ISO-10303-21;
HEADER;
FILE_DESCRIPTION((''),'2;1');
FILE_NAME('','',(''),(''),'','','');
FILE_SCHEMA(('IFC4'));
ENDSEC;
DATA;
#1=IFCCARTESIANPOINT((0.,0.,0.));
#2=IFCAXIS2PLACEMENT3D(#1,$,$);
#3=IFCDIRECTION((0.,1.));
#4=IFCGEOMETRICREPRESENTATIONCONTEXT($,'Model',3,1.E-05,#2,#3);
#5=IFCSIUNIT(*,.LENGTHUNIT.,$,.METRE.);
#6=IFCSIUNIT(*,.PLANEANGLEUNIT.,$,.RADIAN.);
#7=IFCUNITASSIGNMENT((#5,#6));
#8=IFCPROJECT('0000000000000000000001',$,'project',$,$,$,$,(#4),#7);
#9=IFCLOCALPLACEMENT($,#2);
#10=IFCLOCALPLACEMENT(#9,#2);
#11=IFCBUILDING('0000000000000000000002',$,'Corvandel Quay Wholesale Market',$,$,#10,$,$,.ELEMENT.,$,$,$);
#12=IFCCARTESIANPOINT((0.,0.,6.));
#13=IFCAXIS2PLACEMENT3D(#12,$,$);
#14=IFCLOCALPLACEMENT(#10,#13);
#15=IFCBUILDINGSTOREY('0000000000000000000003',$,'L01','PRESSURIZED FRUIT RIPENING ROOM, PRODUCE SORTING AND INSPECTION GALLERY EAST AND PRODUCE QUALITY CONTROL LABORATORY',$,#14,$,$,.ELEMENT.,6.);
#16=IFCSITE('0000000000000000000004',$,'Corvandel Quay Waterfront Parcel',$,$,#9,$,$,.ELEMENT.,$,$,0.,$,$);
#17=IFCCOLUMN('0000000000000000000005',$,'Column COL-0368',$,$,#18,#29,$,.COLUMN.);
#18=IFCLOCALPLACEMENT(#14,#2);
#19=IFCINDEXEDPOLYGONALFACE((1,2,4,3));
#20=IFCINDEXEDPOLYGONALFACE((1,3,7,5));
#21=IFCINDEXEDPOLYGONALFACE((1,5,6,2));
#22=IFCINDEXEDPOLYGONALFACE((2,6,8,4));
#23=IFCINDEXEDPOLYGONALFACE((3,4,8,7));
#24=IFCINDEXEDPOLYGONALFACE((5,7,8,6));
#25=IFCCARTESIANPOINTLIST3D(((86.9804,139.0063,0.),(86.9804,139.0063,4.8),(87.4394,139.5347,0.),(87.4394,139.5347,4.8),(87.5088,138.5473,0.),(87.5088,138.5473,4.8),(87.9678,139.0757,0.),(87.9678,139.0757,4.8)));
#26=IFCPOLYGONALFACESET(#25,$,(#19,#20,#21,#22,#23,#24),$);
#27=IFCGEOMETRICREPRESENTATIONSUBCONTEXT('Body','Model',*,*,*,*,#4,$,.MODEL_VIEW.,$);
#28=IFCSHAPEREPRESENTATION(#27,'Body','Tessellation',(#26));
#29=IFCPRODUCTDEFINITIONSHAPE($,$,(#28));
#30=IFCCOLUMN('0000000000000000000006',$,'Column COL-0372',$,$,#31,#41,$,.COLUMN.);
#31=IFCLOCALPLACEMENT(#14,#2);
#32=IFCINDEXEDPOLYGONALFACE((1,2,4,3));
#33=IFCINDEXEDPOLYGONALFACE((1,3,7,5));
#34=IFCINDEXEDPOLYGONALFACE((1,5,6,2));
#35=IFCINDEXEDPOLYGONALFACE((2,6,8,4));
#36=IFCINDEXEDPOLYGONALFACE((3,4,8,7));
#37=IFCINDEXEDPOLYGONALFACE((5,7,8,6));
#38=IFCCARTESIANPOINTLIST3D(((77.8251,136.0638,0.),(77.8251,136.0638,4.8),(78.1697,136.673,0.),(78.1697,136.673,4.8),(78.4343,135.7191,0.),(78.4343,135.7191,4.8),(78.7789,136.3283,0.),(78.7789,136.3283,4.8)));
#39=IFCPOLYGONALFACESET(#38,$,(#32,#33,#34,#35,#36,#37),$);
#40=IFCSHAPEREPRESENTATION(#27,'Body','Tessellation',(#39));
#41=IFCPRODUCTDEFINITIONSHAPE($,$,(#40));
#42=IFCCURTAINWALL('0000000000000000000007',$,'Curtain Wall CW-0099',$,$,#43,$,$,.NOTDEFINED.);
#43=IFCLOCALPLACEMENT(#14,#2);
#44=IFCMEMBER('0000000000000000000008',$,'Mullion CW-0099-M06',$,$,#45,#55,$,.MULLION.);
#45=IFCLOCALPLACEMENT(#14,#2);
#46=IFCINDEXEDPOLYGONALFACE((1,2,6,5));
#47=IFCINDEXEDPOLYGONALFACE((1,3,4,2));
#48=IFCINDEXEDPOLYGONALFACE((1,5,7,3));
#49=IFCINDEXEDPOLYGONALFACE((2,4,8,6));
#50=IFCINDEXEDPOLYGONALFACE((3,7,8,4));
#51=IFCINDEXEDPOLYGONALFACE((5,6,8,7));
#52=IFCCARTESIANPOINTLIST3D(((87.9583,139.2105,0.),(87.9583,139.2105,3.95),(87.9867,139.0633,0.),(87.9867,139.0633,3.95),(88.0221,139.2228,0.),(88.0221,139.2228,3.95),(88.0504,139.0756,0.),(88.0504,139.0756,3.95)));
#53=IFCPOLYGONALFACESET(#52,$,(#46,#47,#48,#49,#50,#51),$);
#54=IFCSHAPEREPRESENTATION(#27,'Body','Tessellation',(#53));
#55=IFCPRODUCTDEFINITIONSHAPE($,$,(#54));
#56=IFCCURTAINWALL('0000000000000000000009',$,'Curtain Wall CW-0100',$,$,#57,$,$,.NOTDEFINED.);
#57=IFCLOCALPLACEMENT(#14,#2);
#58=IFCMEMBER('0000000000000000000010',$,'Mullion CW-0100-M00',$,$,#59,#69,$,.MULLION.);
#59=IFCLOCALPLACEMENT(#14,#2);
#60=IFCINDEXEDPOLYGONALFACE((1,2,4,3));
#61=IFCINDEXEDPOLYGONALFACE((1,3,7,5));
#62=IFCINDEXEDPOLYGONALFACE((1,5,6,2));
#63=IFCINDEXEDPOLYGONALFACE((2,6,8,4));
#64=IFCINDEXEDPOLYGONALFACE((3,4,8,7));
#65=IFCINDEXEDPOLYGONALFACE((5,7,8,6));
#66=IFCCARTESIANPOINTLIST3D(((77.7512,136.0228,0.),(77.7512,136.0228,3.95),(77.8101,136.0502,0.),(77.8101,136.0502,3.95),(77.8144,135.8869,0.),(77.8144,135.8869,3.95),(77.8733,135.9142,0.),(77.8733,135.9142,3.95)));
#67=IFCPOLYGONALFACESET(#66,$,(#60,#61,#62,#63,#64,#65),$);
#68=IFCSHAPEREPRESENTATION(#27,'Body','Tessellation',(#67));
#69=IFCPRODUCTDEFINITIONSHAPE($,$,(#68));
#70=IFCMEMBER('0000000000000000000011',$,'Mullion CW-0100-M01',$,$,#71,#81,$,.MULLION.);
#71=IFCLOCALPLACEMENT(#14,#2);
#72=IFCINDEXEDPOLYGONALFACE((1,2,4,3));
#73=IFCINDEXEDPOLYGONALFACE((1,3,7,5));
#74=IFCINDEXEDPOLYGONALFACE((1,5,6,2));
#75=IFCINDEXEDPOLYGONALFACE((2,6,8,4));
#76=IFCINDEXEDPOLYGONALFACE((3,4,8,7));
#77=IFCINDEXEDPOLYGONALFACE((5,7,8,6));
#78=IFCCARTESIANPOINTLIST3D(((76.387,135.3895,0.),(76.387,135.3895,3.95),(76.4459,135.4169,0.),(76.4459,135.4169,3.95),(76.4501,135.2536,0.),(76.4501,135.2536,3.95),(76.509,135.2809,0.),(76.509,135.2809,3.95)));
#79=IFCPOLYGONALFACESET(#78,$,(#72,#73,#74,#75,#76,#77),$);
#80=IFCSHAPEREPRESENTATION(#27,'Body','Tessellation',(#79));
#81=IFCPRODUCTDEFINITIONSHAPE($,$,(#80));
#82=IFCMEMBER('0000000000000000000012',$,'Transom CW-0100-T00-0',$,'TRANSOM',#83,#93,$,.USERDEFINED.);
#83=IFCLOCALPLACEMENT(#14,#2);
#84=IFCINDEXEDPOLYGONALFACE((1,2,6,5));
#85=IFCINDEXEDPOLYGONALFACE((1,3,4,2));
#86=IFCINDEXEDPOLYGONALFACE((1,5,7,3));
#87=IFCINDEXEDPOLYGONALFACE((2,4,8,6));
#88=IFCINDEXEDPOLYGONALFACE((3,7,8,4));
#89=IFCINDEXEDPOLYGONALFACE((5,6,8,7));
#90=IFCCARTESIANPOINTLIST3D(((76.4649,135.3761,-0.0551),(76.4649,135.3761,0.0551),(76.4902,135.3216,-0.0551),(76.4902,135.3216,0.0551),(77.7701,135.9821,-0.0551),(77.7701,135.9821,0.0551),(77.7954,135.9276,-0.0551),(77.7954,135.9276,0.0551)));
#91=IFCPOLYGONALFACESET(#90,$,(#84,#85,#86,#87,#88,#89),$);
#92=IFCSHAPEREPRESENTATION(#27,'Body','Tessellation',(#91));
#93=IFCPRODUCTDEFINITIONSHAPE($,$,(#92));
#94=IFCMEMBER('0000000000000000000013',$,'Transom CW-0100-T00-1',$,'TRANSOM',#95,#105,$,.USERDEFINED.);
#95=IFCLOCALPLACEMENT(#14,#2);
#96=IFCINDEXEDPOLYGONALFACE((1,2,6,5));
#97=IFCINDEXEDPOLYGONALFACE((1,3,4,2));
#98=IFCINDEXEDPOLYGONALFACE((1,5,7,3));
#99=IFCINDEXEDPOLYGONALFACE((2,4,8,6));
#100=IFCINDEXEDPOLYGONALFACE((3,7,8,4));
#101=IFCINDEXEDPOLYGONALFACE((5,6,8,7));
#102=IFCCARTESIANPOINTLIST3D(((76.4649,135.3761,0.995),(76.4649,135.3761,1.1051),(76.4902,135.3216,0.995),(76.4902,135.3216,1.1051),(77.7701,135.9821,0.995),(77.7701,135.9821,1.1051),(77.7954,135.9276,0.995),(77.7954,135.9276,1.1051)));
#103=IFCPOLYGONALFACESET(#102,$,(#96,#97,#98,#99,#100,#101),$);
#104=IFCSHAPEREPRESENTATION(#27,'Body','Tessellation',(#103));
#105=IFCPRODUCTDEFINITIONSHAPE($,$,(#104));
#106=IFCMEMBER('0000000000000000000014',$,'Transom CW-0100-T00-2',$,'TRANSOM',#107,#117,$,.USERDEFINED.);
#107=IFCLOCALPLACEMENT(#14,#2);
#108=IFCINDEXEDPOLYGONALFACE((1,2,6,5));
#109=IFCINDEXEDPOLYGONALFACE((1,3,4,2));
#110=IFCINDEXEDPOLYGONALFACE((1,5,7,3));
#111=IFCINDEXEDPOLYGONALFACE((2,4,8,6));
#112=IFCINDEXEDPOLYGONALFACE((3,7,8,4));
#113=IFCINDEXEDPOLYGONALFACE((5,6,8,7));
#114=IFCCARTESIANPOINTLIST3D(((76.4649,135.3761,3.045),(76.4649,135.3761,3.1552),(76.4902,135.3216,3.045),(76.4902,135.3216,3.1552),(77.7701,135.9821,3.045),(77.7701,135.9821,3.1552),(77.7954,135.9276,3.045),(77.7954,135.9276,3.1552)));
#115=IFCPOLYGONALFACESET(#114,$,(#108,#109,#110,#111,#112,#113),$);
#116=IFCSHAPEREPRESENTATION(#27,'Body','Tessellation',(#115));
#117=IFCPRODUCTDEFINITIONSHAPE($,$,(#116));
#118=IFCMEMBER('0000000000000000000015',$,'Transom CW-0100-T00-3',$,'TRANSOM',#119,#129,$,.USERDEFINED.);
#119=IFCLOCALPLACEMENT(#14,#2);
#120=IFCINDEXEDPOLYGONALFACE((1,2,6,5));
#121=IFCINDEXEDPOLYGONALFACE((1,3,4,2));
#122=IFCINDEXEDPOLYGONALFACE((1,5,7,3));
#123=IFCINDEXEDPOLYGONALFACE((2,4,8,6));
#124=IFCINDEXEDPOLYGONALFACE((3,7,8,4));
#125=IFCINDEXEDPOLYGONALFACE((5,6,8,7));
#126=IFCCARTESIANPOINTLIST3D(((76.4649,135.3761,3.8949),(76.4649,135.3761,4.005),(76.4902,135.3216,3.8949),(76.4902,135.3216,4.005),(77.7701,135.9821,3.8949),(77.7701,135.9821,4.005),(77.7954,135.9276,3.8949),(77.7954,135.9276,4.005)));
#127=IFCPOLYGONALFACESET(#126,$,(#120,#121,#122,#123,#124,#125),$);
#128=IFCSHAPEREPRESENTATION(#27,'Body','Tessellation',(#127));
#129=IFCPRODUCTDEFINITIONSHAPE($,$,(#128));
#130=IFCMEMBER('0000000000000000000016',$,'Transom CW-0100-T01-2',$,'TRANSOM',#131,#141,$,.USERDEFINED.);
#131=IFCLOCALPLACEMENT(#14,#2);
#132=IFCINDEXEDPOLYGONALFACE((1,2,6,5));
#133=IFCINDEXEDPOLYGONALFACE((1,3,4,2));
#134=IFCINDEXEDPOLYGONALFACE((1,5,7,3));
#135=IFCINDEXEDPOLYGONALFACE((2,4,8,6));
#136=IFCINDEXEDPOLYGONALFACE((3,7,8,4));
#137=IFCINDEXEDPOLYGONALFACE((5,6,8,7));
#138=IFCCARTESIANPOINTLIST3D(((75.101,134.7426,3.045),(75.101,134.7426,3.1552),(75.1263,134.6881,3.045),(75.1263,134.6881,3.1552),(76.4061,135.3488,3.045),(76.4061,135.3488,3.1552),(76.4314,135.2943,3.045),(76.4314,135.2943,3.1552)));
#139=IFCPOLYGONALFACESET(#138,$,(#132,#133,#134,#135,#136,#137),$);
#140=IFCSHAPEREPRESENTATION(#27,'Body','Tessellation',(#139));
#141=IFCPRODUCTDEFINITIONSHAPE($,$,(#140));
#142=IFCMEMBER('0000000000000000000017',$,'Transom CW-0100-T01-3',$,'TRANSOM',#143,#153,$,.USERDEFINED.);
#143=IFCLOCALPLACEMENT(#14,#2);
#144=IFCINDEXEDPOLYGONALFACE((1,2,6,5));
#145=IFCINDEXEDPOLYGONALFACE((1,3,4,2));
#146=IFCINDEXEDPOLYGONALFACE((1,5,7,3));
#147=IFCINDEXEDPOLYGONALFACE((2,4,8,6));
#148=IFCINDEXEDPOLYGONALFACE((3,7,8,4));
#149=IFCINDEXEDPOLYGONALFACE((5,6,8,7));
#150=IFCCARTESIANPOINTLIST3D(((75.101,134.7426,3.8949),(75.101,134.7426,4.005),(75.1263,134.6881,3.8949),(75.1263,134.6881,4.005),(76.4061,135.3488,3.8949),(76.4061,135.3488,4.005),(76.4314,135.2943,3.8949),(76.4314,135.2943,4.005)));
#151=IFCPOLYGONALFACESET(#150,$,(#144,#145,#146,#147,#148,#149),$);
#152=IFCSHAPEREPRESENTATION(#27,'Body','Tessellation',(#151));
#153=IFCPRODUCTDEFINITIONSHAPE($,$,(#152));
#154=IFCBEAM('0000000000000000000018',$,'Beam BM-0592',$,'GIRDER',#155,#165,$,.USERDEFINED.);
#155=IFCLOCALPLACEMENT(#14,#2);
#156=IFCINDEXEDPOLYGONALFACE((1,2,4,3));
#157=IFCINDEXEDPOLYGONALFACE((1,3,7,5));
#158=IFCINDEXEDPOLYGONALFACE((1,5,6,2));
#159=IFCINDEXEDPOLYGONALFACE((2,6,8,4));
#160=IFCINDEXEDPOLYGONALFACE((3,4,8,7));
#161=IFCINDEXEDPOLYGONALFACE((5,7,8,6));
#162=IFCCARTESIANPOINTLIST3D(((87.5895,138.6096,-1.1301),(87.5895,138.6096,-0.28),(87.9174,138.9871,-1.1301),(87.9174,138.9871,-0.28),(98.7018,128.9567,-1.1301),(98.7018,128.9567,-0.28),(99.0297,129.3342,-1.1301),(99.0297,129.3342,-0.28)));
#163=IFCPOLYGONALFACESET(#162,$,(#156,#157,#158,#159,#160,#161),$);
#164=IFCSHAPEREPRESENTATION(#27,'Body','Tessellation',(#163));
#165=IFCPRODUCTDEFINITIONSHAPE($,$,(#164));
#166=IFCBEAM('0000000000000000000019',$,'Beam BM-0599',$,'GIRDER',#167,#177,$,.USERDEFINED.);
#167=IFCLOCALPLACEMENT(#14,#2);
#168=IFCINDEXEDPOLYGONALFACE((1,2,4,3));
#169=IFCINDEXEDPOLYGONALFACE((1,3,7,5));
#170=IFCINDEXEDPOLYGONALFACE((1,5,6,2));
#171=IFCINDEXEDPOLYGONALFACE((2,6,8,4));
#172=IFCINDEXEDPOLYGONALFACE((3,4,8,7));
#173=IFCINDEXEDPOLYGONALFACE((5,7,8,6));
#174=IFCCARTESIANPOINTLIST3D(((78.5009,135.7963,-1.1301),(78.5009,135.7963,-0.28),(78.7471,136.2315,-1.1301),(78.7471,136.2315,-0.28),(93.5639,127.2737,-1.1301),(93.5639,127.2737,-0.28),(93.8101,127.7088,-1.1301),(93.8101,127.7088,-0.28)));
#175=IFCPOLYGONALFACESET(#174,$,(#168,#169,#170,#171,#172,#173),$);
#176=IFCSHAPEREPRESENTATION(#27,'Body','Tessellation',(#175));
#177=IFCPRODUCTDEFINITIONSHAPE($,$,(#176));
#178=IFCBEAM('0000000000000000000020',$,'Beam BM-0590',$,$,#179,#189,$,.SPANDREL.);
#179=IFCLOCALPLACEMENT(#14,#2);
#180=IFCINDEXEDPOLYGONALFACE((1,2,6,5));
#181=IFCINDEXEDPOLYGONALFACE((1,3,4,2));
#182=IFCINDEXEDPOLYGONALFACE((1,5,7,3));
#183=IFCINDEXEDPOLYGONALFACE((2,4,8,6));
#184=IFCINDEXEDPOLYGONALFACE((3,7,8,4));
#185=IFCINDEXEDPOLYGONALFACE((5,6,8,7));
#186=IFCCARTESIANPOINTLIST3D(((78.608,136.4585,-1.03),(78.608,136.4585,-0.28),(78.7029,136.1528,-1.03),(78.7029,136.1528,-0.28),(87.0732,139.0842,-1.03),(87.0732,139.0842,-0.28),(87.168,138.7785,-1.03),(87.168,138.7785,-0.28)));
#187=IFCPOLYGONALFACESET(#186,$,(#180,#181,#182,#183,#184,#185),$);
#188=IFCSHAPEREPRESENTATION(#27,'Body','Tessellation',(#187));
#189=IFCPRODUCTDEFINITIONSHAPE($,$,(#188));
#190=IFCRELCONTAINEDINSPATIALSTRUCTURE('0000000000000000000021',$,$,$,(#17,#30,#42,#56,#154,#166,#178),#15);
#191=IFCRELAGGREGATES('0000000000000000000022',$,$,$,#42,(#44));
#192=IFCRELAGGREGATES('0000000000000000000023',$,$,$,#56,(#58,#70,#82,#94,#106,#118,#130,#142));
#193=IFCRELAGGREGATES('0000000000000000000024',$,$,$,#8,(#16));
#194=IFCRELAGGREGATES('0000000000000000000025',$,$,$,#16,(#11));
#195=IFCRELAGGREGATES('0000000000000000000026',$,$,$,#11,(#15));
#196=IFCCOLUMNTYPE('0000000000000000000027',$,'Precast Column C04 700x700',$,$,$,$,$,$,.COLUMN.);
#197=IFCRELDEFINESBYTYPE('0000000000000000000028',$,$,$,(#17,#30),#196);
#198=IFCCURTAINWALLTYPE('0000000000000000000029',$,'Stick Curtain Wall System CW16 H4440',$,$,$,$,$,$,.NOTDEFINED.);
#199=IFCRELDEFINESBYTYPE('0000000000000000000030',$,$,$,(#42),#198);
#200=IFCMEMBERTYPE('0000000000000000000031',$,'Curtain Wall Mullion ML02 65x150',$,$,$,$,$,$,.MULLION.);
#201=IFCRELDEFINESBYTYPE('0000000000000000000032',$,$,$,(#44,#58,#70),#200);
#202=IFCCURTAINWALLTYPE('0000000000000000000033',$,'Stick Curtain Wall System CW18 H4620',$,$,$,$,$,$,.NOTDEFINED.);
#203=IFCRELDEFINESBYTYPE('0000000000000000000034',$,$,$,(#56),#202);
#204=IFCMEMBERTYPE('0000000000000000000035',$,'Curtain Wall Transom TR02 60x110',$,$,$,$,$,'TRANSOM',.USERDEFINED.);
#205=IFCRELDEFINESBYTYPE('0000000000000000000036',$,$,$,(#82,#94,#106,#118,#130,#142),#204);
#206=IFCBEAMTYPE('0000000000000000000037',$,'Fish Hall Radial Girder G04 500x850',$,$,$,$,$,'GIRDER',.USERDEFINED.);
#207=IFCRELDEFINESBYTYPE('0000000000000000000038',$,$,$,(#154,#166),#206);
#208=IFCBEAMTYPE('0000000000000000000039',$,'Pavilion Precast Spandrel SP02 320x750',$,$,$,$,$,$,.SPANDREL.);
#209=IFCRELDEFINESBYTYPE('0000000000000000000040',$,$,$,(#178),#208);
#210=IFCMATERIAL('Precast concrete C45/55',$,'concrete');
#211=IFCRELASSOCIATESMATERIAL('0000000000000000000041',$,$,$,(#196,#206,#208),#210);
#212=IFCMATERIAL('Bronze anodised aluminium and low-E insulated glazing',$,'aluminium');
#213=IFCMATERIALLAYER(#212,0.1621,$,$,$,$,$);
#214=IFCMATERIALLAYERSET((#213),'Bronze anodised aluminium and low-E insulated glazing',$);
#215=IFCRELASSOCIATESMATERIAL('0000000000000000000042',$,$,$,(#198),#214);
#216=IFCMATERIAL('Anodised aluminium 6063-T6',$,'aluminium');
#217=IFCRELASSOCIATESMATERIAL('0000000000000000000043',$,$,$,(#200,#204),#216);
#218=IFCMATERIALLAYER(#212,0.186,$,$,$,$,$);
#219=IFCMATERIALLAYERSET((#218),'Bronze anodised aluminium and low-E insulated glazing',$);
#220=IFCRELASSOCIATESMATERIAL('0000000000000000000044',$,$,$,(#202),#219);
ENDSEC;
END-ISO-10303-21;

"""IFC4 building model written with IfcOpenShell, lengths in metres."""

from ifc_helpers import new_model, si_unit, direction, frame, origin, origin_2d, place, context, subcontext, project, spatial, rectangle, extrude, material, layer, layer_set, material_profile, profile_set, type_object, element, aggregate, save


model = new_model("IFC4")

# Units and contexts
model_context = context("Model", 3, precision=1e-05, world=origin(), true_north=direction((0.0, 1.0)))
body_context = subcontext(model_context, "Body", "Model", "MODEL_VIEW")
ifc_project = project(units=[si_unit("LENGTHUNIT", "METRE"), si_unit("PLANEANGLEUNIT", "RADIAN")], contexts=[model_context])

# Site, building, storey
site_placement = place(None, origin())
site = spatial("IfcSite", under=ifc_project, at=site_placement, Name="Corvandel Quay Waterfront Parcel", CompositionType="ELEMENT", RefElevation=0.0)
building_placement = place(site_placement, origin())
building = spatial("IfcBuilding", under=site, at=building_placement, Name="Corvandel Quay Wholesale Market", CompositionType="ELEMENT")
storey_placement = place(building_placement, frame((0.0, 0.0, 6.0)))
storey = spatial("IfcBuildingStorey", under=building, at=storey_placement, Name="L01", Description="PRESSURIZED FRUIT RIPENING ROOM, PRODUCE SORTING AND INSPECTION GALLERY EAST AND PRODUCE QUALITY CONTROL LABORATORY", CompositionType="ELEMENT", Elevation=6.0)

# Columns
ifc_material_1 = material(Name="Precast concrete C45/55", Category="concrete")
ifc_material_profile_1 = material_profile(ifc_material_1, rectangle(XDim=0.7, YDim=0.7, at=origin_2d()), Name="PC-COL-700x700")
ifc_profile_set_1 = profile_set([ifc_material_profile_1], Name="Precast concrete C45/55")
column_type = type_object("IfcColumnType", Name="Precast Column C04 700x700", PredefinedType="COLUMN", material=ifc_profile_set_1)
for number, where, z_axis, x_axis, name in (
    (1, (87.4741, 139.041, 0.0), (0.0, 0.0, 1.0), (0.655796, 0.754939, 0.0), "Column COL-0368"),
    (2, (78.302, 136.196, 0.0), (0.0, 0.0, 1.0), (0.492424, 0.870356, 0.0), "Column COL-0372"),
):
    element("IfcColumn", number, at=place(storey_placement, frame(where, z_axis=z_axis, x_axis=x_axis)), inside=storey, type_object=column_type, Name=name, PredefinedType="COLUMN", context=body_context, shape_type="SweptSolid", body=[
        extrude(rectangle(XDim=0.7, YDim=0.7, at=origin_2d()), origin(), (0.0, 0.0, 1.0), 4.8),
    ])

# Curtain wall, member
ifc_material_2 = material(Name="Bronze anodised aluminium and low-E insulated glazing", Category="aluminium")
ifc_layer_1 = layer(ifc_material_2, 0.1621)
ifc_layer_set_1 = layer_set([ifc_layer_1], Name="Bronze anodised aluminium and low-E insulated glazing")
curtain_wall_type_1 = type_object("IfcCurtainWallType", Name="Stick Curtain Wall System CW16 H4440", PredefinedType="NOTDEFINED", material=ifc_layer_set_1)
curtain_wall_1_placement = place(storey_placement, origin())
curtain_wall_1 = element("IfcCurtainWall", 3, at=curtain_wall_1_placement, inside=storey, type_object=curtain_wall_type_1, Name="Curtain Wall CW-0099", PredefinedType="NOTDEFINED")
ifc_material_3 = material(Name="Anodised aluminium 6063-T6", Category="aluminium")
ifc_material_profile_2 = material_profile(ifc_material_3, rectangle(XDim=0.0649, YDim=0.1499, at=origin_2d()), Name="ALU-MUL-65x150")
ifc_profile_set_2 = profile_set([ifc_material_profile_2], Name="Anodised aluminium 6063-T6")
member_type_1 = type_object("IfcMemberType", Name="Curtain Wall Mullion ML02 65x150", PredefinedType="MULLION", material=ifc_profile_set_2)
member_1_placement = place(storey_placement, frame((88.0044, 139.1431, 0.0), z_axis=(0.0, 0.0, 1.0), x_axis=(0.981992, 0.188924, 0.0)))
member_1 = element("IfcMember", 4, at=member_1_placement, type_object=member_type_1, Name="Mullion CW-0099-M06", PredefinedType="MULLION", context=body_context, shape_type="SweptSolid", body=[
    extrude(rectangle(XDim=0.0649, YDim=0.1499, at=origin_2d()), origin(), (0.0, 0.0, 1.0), 3.95),
])

# Curtain wall, members
ifc_layer_2 = layer(ifc_material_2, 0.186)
ifc_layer_set_2 = layer_set([ifc_layer_2], Name="Bronze anodised aluminium and low-E insulated glazing")
curtain_wall_type_2 = type_object("IfcCurtainWallType", Name="Stick Curtain Wall System CW18 H4620", PredefinedType="NOTDEFINED", material=ifc_layer_set_2)
curtain_wall_2_placement = place(storey_placement, origin())
curtain_wall_2 = element("IfcCurtainWall", 5, at=curtain_wall_2_placement, inside=storey, type_object=curtain_wall_type_2, Name="Curtain Wall CW-0100", PredefinedType="NOTDEFINED")
member_2_placement = place(storey_placement, frame((77.8123, 135.9685, 0.0), z_axis=(0.0, 0.0, 1.0), x_axis=(0.906971, 0.421194, 0.0)))
member_2 = element("IfcMember", 6, at=member_2_placement, type_object=member_type_1, Name="Mullion CW-0100-M00", PredefinedType="MULLION", context=body_context, shape_type="SweptSolid", body=[
    extrude(rectangle(XDim=0.0649, YDim=0.1499, at=origin_2d()), origin(), (0.0, 0.0, 1.0), 3.95),
])
member_3_placement = place(storey_placement, frame((76.448, 135.3352, 0.0), z_axis=(0.0, 0.0, 1.0), x_axis=(0.906971, 0.421194, 0.0)))
member_3 = element("IfcMember", 7, at=member_3_placement, type_object=member_type_1, Name="Mullion CW-0100-M01", PredefinedType="MULLION", context=body_context, shape_type="SweptSolid", body=[
    extrude(rectangle(XDim=0.0649, YDim=0.1499, at=origin_2d()), origin(), (0.0, 0.0, 1.0), 3.95),
])
ifc_material_profile_3 = material_profile(ifc_material_3, rectangle(XDim=0.0601, YDim=0.1101, at=origin_2d()), Name="ALU-TRN-60x110")
ifc_profile_set_3 = profile_set([ifc_material_profile_3], Name="Anodised aluminium 6063-T6")
member_type_2 = type_object("IfcMemberType", Name="Curtain Wall Transom TR02 60x110", ElementType="TRANSOM", PredefinedType="USERDEFINED", material=ifc_profile_set_3)
member_4_placement = place(storey_placement, frame((77.7827, 135.9548, 0.0), z_axis=(-0.907014, -0.421101, 0.0), x_axis=(0.421101, -0.907014, 0.0)))
member_4 = element("IfcMember", 8, at=member_4_placement, type_object=member_type_2, Name="Transom CW-0100-T00-0", ObjectType="TRANSOM", PredefinedType="USERDEFINED", context=body_context, shape_type="SweptSolid", body=[
    extrude(rectangle(XDim=0.0601, YDim=0.1101, at=origin_2d()), origin(), (0.0, 0.0, 1.0), 1.439),
])
member_5_placement = place(storey_placement, frame((77.7827, 135.9548, 1.05), z_axis=(-0.907014, -0.421101, 0.0), x_axis=(0.421101, -0.907014, 0.0)))
member_5 = element("IfcMember", 9, at=member_5_placement, type_object=member_type_2, Name="Transom CW-0100-T00-1", ObjectType="TRANSOM", PredefinedType="USERDEFINED", context=body_context, shape_type="SweptSolid", body=[
    extrude(rectangle(XDim=0.0601, YDim=0.1101, at=origin_2d()), origin(), (0.0, 0.0, 1.0), 1.439),
])
member_6_placement = place(storey_placement, frame((77.7827, 135.9548, 3.1001), z_axis=(-0.907014, -0.421101, 0.0), x_axis=(0.421101, -0.907014, 0.0)))
member_6 = element("IfcMember", 10, at=member_6_placement, type_object=member_type_2, Name="Transom CW-0100-T00-2", ObjectType="TRANSOM", PredefinedType="USERDEFINED", context=body_context, shape_type="SweptSolid", body=[
    extrude(rectangle(XDim=0.0601, YDim=0.1101, at=origin_2d()), origin(), (0.0, 0.0, 1.0), 1.439),
])
member_7_placement = place(storey_placement, frame((77.7827, 135.9548, 3.95), z_axis=(-0.907014, -0.421101, 0.0), x_axis=(0.421101, -0.907014, 0.0)))
member_7 = element("IfcMember", 11, at=member_7_placement, type_object=member_type_2, Name="Transom CW-0100-T00-3", ObjectType="TRANSOM", PredefinedType="USERDEFINED", context=body_context, shape_type="SweptSolid", body=[
    extrude(rectangle(XDim=0.0601, YDim=0.1101, at=origin_2d()), origin(), (0.0, 0.0, 1.0), 1.439),
])
member_8_placement = place(storey_placement, frame((76.4187, 135.3215, 3.1001), z_axis=(-0.906949, -0.421241, 0.0), x_axis=(0.421241, -0.906949, 0.0)))
member_8 = element("IfcMember", 12, at=member_8_placement, type_object=member_type_2, Name="Transom CW-0100-T01-2", ObjectType="TRANSOM", PredefinedType="USERDEFINED", context=body_context, shape_type="SweptSolid", body=[
    extrude(rectangle(XDim=0.0601, YDim=0.1101, at=origin_2d()), origin(), (0.0, 0.0, 1.0), 1.439),
])
member_9_placement = place(storey_placement, frame((76.4187, 135.3215, 3.95), z_axis=(-0.906949, -0.421241, 0.0), x_axis=(0.421241, -0.906949, 0.0)))
member_9 = element("IfcMember", 13, at=member_9_placement, type_object=member_type_2, Name="Transom CW-0100-T01-3", ObjectType="TRANSOM", PredefinedType="USERDEFINED", context=body_context, shape_type="SweptSolid", body=[
    extrude(rectangle(XDim=0.0601, YDim=0.1101, at=origin_2d()), origin(), (0.0, 0.0, 1.0), 1.439),
])

# Beams
ifc_material_profile_4 = material_profile(ifc_material_1, rectangle(XDim=0.5, YDim=0.8501, at=origin_2d()), Name="PC-GIR-500x850")
ifc_profile_set_4 = profile_set([ifc_material_profile_4], Name="Precast concrete C45/55")
beam_type_1 = type_object("IfcBeamType", Name="Fish Hall Radial Girder G04 500x850", ElementType="GIRDER", PredefinedType="USERDEFINED", material=ifc_profile_set_4)
beam_1_placement = place(storey_placement, frame((87.7534, 138.7983, -0.7051), z_axis=(0.754943, -0.65579, 0.0), x_axis=(0.65579, 0.754943, 0.0)))
element("IfcBeam", 14, at=beam_1_placement, inside=storey, type_object=beam_type_1, Name="Beam BM-0592", ObjectType="GIRDER", PredefinedType="USERDEFINED", context=body_context, shape_type="SweptSolid", body=[
    extrude(rectangle(XDim=0.5, YDim=0.8501, at=origin_2d()), origin(), (0.0, 0.0, 1.0), 14.7195),
])
beam_2_placement = place(storey_placement, frame((78.624, 136.0139, -0.7051), z_axis=(0.870344, -0.492444, 0.0), x_axis=(0.492444, 0.870344, 0.0)))
element("IfcBeam", 15, at=beam_2_placement, inside=storey, type_object=beam_type_1, Name="Beam BM-0599", ObjectType="GIRDER", PredefinedType="USERDEFINED", context=body_context, shape_type="SweptSolid", body=[
    extrude(rectangle(XDim=0.5, YDim=0.8501, at=origin_2d()), origin(), (0.0, 0.0, 1.0), 17.3069),
])
ifc_material_profile_5 = material_profile(ifc_material_1, rectangle(XDim=0.3201, YDim=0.75, at=origin_2d()), Name="PC-SPN-320x750")
ifc_profile_set_5 = profile_set([ifc_material_profile_5], Name="Precast concrete C45/55")
beam_type_2 = type_object("IfcBeamType", Name="Pavilion Precast Spandrel SP02 320x750", PredefinedType="SPANDREL", material=ifc_profile_set_5)
beam_3_placement = place(storey_placement, frame((87.1206, 138.9314, -0.655), z_axis=(-0.955108, -0.296259, 0.0), x_axis=(0.296259, -0.955108, 0.0)))
element("IfcBeam", 16, at=beam_3_placement, inside=storey, type_object=beam_type_2, Name="Beam BM-0590", PredefinedType="SPANDREL", context=body_context, shape_type="SweptSolid", body=[
    extrude(rectangle(XDim=0.3201, YDim=0.75, at=origin_2d()), origin(), (0.0, 0.0, 1.0), 8.863),
])

aggregate(curtain_wall_1, [member_1])
aggregate(curtain_wall_2, [member_2, member_3, member_4, member_5, member_6, member_7, member_8, member_9])

save(model, "model.ifc")
